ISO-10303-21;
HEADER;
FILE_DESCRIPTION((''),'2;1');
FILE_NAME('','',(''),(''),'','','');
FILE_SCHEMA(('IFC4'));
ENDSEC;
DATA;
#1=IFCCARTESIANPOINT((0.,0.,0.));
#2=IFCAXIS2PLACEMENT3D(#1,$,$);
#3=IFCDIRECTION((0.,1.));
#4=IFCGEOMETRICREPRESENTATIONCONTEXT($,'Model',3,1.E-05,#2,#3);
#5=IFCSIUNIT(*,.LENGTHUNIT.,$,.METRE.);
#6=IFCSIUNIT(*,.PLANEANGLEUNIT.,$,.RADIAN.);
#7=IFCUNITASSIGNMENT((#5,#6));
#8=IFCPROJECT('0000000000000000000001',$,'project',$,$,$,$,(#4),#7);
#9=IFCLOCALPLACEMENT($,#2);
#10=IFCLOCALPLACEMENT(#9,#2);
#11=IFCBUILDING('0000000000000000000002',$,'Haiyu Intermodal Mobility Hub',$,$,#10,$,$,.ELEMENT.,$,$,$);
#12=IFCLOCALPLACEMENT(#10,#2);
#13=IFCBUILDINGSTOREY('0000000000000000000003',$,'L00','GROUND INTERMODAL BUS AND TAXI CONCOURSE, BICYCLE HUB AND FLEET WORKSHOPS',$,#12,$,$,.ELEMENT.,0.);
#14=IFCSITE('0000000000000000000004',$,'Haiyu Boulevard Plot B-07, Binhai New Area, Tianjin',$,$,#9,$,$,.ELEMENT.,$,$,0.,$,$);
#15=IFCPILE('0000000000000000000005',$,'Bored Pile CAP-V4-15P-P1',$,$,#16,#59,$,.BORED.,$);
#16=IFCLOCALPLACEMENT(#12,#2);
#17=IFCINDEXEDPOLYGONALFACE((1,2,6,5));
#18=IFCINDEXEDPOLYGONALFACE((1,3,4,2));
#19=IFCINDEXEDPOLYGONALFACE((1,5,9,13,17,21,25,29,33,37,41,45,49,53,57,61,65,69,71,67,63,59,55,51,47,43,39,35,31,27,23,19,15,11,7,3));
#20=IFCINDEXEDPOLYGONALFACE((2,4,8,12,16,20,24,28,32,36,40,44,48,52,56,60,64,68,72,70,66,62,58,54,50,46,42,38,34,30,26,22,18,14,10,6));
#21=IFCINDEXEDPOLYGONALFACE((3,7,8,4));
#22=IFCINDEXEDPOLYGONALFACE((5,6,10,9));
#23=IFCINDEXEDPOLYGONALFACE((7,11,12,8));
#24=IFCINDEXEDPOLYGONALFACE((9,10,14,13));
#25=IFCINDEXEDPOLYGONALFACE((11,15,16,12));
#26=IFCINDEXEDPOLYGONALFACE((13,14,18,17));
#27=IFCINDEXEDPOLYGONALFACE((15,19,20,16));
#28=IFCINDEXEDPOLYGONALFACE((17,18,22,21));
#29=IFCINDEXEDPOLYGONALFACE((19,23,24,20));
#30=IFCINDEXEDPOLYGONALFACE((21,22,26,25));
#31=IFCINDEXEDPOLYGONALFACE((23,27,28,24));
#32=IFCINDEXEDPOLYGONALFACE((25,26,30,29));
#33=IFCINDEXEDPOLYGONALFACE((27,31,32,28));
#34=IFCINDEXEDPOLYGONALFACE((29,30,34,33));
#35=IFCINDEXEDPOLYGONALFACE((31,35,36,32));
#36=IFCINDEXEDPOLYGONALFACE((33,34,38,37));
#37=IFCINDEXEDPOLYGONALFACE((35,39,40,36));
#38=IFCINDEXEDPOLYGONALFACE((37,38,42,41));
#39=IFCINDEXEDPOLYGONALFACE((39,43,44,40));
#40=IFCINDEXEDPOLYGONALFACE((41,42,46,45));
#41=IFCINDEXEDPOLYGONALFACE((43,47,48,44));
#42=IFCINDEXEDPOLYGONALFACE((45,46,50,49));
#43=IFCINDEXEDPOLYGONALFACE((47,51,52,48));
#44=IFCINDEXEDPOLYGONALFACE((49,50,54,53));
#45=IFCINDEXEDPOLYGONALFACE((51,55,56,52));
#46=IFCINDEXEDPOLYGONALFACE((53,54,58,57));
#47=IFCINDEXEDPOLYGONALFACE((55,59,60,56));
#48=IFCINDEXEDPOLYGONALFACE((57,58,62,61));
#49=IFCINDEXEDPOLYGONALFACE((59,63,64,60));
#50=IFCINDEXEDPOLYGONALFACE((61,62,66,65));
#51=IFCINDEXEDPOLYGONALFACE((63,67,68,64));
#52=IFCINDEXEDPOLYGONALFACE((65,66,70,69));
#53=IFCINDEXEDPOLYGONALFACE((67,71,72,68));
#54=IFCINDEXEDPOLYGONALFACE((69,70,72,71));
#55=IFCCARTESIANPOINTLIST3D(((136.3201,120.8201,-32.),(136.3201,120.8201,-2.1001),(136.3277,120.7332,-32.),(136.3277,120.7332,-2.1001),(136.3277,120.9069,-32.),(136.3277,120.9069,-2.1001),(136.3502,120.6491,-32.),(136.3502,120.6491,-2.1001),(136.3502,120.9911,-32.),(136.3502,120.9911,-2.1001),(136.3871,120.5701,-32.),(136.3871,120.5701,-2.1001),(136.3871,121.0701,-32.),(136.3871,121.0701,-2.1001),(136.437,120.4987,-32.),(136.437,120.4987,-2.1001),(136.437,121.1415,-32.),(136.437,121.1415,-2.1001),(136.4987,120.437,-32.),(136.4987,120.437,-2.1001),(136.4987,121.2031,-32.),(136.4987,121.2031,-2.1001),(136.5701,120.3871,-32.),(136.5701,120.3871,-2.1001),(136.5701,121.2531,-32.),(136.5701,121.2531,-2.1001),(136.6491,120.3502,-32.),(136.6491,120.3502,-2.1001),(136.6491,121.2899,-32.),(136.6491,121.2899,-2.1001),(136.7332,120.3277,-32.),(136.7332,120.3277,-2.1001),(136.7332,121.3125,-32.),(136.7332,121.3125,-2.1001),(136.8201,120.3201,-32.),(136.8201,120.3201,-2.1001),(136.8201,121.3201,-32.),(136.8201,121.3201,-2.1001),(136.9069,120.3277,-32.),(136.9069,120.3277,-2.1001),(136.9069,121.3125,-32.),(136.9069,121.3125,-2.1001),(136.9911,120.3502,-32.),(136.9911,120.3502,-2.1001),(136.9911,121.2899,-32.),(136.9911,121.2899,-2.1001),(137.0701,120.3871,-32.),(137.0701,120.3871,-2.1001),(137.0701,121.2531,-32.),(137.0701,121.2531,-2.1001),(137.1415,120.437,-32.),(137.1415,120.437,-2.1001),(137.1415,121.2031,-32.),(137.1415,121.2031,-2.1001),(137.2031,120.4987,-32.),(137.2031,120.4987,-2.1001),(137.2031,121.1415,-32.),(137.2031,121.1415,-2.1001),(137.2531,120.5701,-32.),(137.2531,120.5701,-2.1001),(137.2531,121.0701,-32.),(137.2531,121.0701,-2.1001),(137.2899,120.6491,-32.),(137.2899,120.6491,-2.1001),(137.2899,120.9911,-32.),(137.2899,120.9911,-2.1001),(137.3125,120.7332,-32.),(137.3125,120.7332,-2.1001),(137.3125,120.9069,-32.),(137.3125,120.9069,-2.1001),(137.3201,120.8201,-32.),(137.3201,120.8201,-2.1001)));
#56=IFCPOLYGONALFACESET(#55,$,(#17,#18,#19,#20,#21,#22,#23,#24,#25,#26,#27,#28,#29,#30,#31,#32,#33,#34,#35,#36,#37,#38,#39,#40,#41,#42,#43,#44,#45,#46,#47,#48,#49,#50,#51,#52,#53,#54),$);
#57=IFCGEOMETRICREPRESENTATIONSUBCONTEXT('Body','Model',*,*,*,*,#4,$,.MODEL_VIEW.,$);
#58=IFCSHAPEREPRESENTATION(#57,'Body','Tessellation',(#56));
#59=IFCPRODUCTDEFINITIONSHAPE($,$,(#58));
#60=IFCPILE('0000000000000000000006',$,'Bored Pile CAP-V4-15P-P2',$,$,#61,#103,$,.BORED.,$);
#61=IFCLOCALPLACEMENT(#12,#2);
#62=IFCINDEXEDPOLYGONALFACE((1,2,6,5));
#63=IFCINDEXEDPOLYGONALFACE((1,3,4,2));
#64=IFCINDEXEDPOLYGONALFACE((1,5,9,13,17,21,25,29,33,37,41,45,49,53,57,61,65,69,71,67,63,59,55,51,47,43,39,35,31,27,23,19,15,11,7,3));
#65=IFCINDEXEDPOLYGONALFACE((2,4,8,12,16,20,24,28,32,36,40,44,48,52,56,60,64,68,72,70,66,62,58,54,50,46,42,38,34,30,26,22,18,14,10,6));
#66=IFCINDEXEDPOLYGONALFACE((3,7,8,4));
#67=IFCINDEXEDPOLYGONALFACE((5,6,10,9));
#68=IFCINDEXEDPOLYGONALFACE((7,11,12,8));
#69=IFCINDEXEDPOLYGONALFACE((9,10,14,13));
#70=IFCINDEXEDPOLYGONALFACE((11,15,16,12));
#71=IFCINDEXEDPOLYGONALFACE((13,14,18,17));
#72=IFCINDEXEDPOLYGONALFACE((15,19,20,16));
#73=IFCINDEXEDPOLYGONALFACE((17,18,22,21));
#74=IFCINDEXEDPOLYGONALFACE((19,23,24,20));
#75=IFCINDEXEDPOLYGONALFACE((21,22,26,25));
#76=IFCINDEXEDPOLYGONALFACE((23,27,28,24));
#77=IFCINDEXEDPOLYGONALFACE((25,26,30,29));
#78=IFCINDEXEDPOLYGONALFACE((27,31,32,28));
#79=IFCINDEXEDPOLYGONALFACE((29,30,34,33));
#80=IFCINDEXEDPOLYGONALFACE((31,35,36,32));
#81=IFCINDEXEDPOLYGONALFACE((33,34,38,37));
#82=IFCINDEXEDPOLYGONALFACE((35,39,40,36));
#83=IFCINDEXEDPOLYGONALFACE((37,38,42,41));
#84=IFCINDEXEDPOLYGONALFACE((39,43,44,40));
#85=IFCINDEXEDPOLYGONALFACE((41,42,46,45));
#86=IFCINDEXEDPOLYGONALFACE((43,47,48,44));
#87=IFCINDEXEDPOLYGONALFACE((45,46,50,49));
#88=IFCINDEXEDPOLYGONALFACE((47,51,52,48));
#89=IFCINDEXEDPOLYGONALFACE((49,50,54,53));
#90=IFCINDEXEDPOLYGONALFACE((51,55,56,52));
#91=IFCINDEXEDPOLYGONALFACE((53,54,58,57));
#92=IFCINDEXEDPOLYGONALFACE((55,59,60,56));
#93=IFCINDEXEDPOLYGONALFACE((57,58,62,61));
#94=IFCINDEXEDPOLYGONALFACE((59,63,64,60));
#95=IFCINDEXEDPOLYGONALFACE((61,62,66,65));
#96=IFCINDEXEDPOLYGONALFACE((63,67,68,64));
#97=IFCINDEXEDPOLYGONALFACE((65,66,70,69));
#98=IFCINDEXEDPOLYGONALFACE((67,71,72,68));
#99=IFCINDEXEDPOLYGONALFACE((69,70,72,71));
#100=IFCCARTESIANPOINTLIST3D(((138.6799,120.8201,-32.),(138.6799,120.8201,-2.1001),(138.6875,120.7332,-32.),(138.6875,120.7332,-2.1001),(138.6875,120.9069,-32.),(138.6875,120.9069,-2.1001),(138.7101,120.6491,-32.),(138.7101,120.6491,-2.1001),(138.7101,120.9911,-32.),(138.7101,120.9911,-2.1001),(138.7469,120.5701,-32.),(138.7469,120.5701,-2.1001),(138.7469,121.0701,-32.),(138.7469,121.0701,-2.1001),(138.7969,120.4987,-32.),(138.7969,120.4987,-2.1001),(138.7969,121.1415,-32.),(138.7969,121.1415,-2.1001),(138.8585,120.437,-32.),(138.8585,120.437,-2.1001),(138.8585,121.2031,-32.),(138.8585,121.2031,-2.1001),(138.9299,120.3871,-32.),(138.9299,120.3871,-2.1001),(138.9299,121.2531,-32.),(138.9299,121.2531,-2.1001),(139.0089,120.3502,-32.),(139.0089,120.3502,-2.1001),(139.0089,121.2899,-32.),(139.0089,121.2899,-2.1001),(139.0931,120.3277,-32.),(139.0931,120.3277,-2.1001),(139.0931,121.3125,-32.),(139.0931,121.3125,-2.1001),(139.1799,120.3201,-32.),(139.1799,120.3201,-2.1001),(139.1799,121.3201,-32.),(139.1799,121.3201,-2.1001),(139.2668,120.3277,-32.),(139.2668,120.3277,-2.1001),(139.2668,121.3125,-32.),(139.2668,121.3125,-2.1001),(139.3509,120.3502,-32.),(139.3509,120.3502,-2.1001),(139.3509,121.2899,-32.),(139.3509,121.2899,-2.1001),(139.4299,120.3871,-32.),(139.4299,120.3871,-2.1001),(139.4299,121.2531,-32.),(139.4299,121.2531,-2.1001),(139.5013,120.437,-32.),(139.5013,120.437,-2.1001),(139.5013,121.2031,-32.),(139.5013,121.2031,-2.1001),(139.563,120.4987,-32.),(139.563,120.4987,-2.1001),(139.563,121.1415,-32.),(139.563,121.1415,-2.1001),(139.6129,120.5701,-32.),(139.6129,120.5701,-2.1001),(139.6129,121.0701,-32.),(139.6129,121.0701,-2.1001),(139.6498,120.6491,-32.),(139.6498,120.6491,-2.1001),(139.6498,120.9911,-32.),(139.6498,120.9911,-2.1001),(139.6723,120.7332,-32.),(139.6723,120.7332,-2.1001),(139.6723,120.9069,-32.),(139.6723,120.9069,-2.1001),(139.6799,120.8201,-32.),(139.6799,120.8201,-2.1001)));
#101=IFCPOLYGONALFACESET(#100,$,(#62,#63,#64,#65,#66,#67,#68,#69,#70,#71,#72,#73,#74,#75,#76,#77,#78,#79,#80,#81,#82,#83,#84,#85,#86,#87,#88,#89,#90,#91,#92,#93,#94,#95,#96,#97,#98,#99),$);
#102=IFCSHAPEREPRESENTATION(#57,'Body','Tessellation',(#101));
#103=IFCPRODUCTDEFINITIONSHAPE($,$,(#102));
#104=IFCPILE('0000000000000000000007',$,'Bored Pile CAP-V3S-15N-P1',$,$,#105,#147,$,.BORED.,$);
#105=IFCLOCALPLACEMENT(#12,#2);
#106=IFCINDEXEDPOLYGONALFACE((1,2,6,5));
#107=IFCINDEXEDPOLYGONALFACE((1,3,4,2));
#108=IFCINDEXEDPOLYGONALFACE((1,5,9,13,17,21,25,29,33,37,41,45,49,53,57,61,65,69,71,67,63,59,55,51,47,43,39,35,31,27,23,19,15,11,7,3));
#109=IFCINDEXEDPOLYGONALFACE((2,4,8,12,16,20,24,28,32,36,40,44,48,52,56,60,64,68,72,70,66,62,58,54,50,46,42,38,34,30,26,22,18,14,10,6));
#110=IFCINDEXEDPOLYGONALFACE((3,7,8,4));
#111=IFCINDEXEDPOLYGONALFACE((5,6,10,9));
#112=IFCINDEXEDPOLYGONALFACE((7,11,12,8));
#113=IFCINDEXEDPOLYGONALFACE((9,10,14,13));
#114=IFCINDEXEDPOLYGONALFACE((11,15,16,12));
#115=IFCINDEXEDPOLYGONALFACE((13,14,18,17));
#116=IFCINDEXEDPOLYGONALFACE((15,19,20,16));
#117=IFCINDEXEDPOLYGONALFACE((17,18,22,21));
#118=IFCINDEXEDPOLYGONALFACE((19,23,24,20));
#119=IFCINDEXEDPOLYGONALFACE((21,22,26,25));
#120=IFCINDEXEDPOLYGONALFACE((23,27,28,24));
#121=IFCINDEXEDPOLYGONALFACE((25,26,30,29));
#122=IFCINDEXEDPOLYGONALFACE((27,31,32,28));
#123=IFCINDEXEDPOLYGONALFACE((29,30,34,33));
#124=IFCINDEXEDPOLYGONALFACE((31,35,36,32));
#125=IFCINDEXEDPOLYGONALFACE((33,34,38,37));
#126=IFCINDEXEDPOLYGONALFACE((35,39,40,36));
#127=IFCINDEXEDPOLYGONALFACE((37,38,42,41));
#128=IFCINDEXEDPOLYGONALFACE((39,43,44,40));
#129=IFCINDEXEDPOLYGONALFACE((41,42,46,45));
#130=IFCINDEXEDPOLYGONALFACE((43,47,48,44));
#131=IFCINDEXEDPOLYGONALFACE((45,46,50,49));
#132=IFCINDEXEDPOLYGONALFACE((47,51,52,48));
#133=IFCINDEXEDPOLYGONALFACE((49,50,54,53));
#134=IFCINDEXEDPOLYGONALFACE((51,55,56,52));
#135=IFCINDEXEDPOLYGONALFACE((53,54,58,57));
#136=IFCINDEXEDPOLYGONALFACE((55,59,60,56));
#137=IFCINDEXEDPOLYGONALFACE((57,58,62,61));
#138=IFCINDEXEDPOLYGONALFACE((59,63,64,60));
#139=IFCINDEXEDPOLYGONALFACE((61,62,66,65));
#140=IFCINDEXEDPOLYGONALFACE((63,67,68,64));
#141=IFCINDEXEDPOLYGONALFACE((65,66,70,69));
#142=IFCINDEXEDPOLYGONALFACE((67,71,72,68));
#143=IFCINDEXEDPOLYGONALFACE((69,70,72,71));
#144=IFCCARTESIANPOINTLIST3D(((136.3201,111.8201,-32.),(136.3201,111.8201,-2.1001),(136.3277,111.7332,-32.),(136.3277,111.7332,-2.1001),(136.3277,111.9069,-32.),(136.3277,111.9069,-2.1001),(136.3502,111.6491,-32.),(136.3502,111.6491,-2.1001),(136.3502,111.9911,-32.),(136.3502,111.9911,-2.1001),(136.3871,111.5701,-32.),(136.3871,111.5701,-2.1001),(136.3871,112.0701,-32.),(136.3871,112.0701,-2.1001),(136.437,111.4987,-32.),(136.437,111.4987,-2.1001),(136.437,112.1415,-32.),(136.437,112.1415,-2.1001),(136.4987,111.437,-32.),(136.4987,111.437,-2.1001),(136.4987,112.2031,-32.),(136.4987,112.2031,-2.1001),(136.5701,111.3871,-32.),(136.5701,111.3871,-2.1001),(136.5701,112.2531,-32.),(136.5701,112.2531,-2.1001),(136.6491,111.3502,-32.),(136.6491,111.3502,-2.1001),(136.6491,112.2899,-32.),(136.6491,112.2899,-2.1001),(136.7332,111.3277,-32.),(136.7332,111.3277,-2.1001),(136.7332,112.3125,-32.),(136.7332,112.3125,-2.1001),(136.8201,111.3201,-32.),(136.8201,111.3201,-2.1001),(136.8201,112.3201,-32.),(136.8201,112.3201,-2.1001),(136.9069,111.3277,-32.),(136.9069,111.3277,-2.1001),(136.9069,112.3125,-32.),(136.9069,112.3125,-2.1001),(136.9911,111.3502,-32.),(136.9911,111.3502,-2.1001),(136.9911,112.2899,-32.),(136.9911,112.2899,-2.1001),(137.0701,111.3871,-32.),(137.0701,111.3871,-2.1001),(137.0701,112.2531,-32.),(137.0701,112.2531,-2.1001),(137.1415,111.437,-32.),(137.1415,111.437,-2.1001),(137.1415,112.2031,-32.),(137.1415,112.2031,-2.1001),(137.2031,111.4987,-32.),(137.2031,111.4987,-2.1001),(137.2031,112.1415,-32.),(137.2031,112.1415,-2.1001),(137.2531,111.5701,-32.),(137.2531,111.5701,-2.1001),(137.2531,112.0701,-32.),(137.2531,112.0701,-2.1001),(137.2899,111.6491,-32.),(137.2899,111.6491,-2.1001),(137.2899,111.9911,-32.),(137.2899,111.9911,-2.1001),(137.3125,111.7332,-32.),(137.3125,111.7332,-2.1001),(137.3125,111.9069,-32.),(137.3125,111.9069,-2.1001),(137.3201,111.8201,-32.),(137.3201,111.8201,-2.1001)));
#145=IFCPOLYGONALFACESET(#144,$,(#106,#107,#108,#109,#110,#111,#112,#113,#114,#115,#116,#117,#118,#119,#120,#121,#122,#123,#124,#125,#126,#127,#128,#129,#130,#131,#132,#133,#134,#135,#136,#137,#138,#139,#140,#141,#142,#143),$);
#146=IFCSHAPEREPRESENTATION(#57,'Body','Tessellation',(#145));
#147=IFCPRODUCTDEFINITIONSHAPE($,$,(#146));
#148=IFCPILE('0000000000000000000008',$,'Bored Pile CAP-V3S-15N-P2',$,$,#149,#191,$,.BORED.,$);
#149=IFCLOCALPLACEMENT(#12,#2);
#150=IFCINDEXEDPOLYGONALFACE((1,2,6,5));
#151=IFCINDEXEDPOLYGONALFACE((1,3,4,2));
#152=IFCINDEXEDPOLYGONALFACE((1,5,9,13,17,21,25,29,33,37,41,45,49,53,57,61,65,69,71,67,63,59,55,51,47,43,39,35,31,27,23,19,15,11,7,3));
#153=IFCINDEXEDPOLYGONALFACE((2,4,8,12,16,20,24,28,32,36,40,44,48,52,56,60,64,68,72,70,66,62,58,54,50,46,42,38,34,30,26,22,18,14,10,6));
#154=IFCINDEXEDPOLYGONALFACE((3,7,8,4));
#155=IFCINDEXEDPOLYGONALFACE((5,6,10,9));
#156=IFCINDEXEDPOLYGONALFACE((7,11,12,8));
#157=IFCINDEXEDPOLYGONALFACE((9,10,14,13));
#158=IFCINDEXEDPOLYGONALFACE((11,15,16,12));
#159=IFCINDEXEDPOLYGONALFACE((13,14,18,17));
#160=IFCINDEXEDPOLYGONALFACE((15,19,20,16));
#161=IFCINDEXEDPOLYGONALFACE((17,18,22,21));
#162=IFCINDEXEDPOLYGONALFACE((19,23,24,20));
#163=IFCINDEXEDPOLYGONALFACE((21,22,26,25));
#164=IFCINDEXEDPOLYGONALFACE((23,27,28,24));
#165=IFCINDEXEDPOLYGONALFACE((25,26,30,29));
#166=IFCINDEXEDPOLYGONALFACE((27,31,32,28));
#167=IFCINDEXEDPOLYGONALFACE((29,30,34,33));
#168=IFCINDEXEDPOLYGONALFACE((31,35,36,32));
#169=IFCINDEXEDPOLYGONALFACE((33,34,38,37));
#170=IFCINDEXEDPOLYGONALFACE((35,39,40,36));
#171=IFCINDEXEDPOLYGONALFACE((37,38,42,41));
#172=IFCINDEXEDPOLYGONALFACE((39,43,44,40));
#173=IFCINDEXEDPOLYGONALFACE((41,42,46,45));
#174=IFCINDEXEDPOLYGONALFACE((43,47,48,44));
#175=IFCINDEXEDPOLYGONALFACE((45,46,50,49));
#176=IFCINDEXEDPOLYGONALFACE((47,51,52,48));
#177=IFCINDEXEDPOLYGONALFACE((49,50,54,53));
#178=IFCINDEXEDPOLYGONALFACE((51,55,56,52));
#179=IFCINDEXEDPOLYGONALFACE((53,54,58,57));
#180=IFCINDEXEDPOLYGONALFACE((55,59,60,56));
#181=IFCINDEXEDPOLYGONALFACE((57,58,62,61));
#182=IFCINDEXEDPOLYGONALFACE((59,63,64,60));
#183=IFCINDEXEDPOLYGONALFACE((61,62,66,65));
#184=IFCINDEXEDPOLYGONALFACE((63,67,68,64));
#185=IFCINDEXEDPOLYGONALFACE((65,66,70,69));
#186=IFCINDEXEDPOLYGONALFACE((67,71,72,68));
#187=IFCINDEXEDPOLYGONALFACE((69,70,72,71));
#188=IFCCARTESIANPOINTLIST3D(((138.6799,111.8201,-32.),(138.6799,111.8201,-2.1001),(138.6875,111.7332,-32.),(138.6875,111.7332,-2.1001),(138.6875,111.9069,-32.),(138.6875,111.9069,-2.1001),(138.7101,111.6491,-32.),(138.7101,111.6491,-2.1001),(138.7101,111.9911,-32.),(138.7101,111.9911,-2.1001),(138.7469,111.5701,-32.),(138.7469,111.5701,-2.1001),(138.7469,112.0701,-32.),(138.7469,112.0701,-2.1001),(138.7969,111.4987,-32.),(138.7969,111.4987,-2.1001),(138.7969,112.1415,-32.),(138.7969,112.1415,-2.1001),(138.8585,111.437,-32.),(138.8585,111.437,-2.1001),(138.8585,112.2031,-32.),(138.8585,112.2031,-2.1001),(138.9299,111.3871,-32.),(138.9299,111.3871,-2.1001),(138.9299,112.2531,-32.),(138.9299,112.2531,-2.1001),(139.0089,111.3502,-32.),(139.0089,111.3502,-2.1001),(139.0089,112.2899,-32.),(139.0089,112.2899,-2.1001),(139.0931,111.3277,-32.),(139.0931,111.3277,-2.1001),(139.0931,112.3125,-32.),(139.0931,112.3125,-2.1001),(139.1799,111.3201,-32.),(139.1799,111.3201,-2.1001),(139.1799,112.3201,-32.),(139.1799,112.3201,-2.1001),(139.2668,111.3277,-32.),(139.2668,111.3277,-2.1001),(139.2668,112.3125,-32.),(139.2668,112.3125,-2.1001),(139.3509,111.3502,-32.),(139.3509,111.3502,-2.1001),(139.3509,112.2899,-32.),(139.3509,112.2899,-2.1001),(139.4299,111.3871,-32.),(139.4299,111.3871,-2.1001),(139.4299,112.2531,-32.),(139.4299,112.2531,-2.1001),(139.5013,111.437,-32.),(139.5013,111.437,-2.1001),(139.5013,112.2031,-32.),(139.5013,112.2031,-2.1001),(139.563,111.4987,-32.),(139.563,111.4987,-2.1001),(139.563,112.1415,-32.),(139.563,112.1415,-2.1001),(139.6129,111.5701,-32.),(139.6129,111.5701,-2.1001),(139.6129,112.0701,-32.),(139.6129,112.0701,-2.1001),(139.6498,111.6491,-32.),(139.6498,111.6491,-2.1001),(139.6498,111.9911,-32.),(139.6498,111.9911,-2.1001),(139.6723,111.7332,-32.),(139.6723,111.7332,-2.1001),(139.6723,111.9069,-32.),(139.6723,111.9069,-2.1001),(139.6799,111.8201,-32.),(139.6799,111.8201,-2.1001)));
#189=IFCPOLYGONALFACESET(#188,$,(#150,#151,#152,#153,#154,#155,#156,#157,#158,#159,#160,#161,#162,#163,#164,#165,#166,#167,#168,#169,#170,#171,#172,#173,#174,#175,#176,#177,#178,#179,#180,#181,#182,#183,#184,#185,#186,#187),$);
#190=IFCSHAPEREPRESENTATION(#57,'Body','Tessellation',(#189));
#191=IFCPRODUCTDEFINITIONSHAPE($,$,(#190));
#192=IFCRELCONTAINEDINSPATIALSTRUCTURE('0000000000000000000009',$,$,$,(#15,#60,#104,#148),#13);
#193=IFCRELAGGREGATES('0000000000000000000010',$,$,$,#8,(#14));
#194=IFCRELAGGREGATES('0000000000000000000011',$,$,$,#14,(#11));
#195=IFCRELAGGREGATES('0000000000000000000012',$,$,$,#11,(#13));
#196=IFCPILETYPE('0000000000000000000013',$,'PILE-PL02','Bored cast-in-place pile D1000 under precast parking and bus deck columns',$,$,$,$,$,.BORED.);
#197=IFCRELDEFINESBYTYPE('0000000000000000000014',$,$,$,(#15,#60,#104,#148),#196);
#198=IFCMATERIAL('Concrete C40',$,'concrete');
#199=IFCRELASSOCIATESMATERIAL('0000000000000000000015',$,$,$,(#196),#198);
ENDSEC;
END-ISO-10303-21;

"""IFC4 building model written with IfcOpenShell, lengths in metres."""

from ifc_helpers import new_model, si_unit, direction, frame, origin, origin_2d, place, context, subcontext, project, spatial, circle, extrude, material, material_profile, profile_set, type_object, element, save


model = new_model("IFC4")

# Units and contexts
model_context = context("Model", 3, precision=1e-05, world=origin(), true_north=direction((0.0, 1.0)))
body_context = subcontext(model_context, "Body", "Model", "MODEL_VIEW")
ifc_project = project(units=[si_unit("LENGTHUNIT", "METRE"), si_unit("PLANEANGLEUNIT", "RADIAN")], contexts=[model_context])

# Site, building, storey
site_placement = place(None, origin())
site = spatial("IfcSite", under=ifc_project, at=site_placement, Name="Haiyu Boulevard Plot B-07, Binhai New Area, Tianjin", CompositionType="ELEMENT", RefElevation=0.0)
building_placement = place(site_placement, origin())
building = spatial("IfcBuilding", under=site, at=building_placement, Name="Haiyu Intermodal Mobility Hub", CompositionType="ELEMENT")
storey_placement = place(building_placement, origin())
storey = spatial("IfcBuildingStorey", under=building, at=storey_placement, Name="L00", Description="GROUND INTERMODAL BUS AND TAXI CONCOURSE, BICYCLE HUB AND FLEET WORKSHOPS", CompositionType="ELEMENT", Elevation=0.0)

# Shared definitions
ifc_material_1 = material(Name="Concrete C40", Category="concrete")

# Piles
ifc_material_profile_1 = material_profile(ifc_material_1, circle(Radius=0.5, at=origin_2d()), Name="PILE-D1000")
ifc_profile_set_1 = profile_set([ifc_material_profile_1], Name="Concrete C40")
pile_type_1 = type_object("IfcPileType", Name="PILE-PL02", Description="Bored cast-in-place pile D1000 under precast parking and bus deck columns", PredefinedType="BORED", material=ifc_profile_set_1)
for number, where, z_axis, x_axis, name in (
    (1, (136.8201, 120.8201, -2.1001), (0.0, 0.0, -1.0), (1.0, 0.0, 0.0), "Bored Pile CAP-V4-15P-P1"),
    (2, (139.1799, 120.8201, -2.1001), (0.0, 0.0, -1.0), (1.0, 0.0, 0.0), "Bored Pile CAP-V4-15P-P2"),
    (3, (136.8201, 111.8201, -2.1001), (0.0, 0.0, -1.0), (1.0, 0.0, 0.0), "Bored Pile CAP-V3S-15N-P1"),
    (4, (139.1799, 111.8201, -2.1001), (0.0, 0.0, -1.0), (1.0, 0.0, 0.0), "Bored Pile CAP-V3S-15N-P2"),
):
    element("IfcPile", number, at=place(storey_placement, frame(where, z_axis=z_axis, x_axis=x_axis)), inside=storey, type_object=pile_type_1, Name=name, PredefinedType="BORED", context=body_context, shape_type="SweptSolid", body=[
        extrude(circle(Radius=0.5, at=origin_2d()), origin(), (0.0, 0.0, 1.0), 29.8999),
    ])

save(model, "model.ifc")
